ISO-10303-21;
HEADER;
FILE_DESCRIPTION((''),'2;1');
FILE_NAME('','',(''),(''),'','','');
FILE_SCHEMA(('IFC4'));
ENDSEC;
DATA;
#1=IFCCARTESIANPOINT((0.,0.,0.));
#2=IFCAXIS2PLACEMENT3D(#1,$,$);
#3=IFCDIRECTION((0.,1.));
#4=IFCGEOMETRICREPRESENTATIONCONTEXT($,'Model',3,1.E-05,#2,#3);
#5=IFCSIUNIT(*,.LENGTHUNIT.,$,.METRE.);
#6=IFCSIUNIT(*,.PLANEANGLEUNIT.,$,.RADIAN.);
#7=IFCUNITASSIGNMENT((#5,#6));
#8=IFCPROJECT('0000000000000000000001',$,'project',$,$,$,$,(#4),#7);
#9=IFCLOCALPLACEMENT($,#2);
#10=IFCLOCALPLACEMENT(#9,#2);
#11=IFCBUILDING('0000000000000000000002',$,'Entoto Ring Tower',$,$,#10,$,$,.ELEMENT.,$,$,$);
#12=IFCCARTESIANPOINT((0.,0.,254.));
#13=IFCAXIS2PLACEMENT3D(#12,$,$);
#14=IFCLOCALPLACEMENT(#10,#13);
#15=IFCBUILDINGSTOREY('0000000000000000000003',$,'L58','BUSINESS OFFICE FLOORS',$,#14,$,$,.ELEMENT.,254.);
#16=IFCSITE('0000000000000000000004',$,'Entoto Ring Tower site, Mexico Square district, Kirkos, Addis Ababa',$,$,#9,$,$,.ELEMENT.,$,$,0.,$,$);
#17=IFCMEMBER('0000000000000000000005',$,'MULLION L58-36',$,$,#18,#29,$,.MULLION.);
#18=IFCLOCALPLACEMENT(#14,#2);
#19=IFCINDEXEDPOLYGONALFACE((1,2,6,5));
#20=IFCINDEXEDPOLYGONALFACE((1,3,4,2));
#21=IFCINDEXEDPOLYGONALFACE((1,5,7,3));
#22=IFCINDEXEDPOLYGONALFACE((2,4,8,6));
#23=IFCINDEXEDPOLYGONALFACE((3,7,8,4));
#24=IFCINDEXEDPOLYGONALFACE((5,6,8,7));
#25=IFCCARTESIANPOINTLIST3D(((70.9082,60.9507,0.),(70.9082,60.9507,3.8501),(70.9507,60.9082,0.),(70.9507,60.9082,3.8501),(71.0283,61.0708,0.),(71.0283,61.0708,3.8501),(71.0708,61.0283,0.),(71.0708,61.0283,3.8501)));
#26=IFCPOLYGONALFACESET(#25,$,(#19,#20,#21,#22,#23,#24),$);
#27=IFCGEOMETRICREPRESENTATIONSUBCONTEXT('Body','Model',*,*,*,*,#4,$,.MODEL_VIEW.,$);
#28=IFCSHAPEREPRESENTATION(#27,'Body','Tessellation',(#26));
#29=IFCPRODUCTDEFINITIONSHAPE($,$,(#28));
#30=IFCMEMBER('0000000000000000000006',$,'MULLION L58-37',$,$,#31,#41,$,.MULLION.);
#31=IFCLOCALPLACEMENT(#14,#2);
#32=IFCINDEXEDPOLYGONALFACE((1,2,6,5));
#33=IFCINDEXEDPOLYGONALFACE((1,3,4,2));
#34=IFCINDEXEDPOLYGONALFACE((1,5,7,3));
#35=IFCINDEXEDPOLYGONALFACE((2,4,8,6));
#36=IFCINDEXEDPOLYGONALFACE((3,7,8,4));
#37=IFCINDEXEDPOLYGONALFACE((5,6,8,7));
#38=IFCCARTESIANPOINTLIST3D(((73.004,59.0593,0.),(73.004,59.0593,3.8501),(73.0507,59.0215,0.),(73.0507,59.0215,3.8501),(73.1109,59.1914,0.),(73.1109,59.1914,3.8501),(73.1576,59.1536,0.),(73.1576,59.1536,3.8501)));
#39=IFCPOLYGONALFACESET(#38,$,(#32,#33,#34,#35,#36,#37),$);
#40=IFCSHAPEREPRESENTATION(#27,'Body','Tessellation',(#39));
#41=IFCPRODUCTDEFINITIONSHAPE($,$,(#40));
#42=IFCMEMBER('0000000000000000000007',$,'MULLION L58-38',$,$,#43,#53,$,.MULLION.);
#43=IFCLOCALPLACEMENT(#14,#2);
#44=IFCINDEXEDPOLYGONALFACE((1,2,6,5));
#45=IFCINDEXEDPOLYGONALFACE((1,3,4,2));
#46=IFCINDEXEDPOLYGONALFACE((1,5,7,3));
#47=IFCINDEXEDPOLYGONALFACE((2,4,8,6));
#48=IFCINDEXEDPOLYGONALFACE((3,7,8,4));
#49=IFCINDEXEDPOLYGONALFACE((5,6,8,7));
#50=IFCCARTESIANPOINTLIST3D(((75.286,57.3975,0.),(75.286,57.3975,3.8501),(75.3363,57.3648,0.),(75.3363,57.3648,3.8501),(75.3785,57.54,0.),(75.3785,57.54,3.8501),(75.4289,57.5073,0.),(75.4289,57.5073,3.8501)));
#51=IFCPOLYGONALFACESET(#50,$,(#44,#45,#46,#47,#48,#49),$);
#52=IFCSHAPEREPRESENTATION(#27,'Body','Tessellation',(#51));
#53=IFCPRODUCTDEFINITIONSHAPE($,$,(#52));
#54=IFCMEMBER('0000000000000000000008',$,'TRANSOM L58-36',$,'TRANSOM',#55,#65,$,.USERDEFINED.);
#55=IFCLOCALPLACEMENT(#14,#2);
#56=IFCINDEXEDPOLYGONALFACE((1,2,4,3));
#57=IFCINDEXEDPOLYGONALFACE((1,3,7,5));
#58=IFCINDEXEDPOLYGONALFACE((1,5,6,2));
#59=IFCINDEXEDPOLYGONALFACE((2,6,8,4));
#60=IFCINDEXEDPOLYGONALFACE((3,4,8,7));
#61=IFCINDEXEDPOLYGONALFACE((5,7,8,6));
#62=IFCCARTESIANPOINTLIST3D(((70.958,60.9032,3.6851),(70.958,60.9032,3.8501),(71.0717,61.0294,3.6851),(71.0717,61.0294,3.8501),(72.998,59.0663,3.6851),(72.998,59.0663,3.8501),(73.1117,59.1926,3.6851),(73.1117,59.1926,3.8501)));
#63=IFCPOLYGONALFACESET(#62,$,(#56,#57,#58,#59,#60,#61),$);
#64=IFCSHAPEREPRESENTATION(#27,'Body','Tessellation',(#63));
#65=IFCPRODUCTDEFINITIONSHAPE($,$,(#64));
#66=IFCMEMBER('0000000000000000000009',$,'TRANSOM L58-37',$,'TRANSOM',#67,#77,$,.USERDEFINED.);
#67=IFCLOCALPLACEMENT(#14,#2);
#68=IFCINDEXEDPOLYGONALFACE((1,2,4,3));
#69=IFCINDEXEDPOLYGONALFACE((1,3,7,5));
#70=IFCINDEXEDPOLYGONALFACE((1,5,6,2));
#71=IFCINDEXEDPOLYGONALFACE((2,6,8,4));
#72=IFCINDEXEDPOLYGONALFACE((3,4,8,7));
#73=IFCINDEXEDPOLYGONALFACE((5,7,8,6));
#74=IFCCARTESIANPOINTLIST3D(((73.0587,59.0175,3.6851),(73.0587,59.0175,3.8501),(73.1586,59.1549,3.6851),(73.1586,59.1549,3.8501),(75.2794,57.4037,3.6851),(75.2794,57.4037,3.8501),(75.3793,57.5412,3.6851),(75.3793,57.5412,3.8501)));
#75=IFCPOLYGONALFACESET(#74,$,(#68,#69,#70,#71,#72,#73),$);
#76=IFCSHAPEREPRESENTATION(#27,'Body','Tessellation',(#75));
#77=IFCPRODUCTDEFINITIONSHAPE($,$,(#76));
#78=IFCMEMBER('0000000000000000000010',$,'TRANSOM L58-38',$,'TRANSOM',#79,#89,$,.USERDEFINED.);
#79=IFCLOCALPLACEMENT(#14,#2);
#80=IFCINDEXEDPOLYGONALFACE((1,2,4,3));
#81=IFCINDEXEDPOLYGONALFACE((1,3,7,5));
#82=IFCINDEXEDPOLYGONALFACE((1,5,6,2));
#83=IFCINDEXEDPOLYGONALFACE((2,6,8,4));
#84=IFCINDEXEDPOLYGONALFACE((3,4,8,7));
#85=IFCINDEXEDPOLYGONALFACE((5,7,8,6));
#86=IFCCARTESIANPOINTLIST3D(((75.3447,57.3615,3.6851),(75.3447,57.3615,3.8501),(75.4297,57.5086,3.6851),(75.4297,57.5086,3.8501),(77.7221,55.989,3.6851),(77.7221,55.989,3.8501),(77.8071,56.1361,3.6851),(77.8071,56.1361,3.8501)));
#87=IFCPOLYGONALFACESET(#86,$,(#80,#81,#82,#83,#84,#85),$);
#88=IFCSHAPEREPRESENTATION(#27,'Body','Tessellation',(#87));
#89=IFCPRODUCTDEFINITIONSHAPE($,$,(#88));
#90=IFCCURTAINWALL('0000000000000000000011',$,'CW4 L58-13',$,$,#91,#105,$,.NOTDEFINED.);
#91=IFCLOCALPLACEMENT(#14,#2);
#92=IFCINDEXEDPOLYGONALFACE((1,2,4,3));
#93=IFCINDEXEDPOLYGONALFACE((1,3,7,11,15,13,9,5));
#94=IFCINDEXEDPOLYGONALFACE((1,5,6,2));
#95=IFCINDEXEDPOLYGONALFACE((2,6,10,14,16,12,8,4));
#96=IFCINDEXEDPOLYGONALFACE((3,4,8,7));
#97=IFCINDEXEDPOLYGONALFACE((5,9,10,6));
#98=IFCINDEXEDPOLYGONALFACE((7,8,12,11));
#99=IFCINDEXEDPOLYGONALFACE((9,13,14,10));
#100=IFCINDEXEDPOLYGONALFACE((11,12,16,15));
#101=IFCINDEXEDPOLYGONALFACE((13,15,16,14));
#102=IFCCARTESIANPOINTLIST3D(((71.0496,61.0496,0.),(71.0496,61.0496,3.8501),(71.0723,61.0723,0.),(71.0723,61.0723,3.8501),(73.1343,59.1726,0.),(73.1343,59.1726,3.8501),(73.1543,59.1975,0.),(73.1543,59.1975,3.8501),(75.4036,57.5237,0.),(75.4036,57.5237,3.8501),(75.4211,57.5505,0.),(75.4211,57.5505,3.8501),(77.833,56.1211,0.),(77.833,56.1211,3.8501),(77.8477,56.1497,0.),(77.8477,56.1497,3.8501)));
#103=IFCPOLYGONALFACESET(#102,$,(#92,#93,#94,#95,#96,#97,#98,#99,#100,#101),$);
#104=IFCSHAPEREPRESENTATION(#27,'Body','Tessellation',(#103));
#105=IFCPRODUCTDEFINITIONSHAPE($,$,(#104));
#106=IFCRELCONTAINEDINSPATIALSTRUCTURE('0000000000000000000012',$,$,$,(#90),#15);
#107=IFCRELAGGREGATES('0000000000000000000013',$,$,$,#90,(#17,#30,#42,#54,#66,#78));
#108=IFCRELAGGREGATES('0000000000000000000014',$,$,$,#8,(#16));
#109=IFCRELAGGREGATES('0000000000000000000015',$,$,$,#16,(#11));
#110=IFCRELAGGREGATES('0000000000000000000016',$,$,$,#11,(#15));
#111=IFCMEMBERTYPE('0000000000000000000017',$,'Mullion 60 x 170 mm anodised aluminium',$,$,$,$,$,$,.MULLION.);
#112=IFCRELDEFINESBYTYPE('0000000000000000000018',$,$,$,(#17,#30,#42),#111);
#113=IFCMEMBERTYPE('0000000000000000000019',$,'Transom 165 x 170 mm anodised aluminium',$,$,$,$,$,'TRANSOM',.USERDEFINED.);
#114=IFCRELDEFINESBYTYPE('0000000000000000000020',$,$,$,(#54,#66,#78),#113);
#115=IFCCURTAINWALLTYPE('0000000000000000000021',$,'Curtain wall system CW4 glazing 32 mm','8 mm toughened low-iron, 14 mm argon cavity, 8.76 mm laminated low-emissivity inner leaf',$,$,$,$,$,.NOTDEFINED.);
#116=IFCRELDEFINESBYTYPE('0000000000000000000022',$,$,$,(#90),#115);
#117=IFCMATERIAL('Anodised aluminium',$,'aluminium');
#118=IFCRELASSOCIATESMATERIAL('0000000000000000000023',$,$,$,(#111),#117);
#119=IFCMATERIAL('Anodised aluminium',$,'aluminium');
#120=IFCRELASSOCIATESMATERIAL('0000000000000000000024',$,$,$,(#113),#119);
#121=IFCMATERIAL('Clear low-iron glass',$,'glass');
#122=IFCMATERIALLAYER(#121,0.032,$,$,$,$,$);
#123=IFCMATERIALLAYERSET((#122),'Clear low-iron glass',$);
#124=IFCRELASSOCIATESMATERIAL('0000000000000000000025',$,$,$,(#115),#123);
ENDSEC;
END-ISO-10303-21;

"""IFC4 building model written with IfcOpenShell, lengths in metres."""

from ifc_helpers import new_model, si_unit, direction, frame, origin, origin_2d, place, context, subcontext, project, spatial, polyline, rectangle, outline, extrude, material, layer, layer_set, material_profile, profile_set, type_object, element, aggregate, save


model = new_model("IFC4")

# Units and contexts
model_context = context("Model", 3, precision=1e-05, world=origin(), true_north=direction((0.0, 1.0)))
body_context = subcontext(model_context, "Body", "Model", "MODEL_VIEW")
ifc_project = project(units=[si_unit("LENGTHUNIT", "METRE"), si_unit("PLANEANGLEUNIT", "RADIAN")], contexts=[model_context])

# Members
ifc_material_1 = material(Name="Anodised aluminium", Category="aluminium")
ifc_material_profile_1 = material_profile(ifc_material_1, rectangle(XDim=0.0601, YDim=0.1699, at=origin_2d()), Name="Mullion 60 x 170 mm anodised aluminium")
ifc_profile_set_1 = profile_set([ifc_material_profile_1], Name="Anodised aluminium")
member_type_1 = type_object("IfcMemberType", Name="Mullion 60 x 170 mm anodised aluminium", PredefinedType="MULLION", material=ifc_profile_set_1)
site_placement = place(None, origin())
building_placement = place(site_placement, origin())
storey_placement = place(building_placement, frame((0.0, 0.0, 254.0)))
member_1_placement = place(storey_placement, frame((70.9895, 60.9895, 0.0), z_axis=(0.0, 0.0, 1.0), x_axis=(0.707107, -0.707107, 0.0)))
member_1 = element("IfcMember", 1, at=member_1_placement, type_object=member_type_1, Name="MULLION L58-36", PredefinedType="MULLION", context=body_context, shape_type="SweptSolid", body=[
    extrude(rectangle(XDim=0.0601, YDim=0.1699, at=origin_2d()), origin(), (0.0, 0.0, 1.0), 3.8501),
])
member_2_placement = place(storey_placement, frame((73.0808, 59.1064, 0.0), z_axis=(0.0, 0.0, 1.0), x_axis=(0.777146, -0.62932, 0.0)))
member_2 = element("IfcMember", 2, at=member_2_placement, type_object=member_type_1, Name="MULLION L58-37", PredefinedType="MULLION", context=body_context, shape_type="SweptSolid", body=[
    extrude(rectangle(XDim=0.0601, YDim=0.1699, at=origin_2d()), origin(), (0.0, 0.0, 1.0), 3.8501),
])
member_3_placement = place(storey_placement, frame((75.3574, 57.4524, 0.0), z_axis=(0.0, 0.0, 1.0), x_axis=(0.838671, -0.544639, 0.0)))
member_3 = element("IfcMember", 3, at=member_3_placement, type_object=member_type_1, Name="MULLION L58-38", PredefinedType="MULLION", context=body_context, shape_type="SweptSolid", body=[
    extrude(rectangle(XDim=0.0601, YDim=0.1699, at=origin_2d()), origin(), (0.0, 0.0, 1.0), 3.8501),
])
ifc_material_2 = material(Name="Anodised aluminium", Category="aluminium")
ifc_material_profile_2 = material_profile(ifc_material_2, rectangle(XDim=0.1699, YDim=0.165, at=origin_2d()), Name="Transom 165 x 170 mm anodised aluminium")
ifc_profile_set_2 = profile_set([ifc_material_profile_2], Name="Anodised aluminium")
member_type_2 = type_object("IfcMemberType", Name="Transom 165 x 170 mm anodised aluminium", ElementType="TRANSOM", PredefinedType="USERDEFINED", material=ifc_profile_set_2)
member_4_placement = place(storey_placement, frame((71.0149, 60.9663, 3.7676), z_axis=(0.743135, -0.669142, 0.0), x_axis=(0.669142, 0.743135, 0.0)))
member_4 = element("IfcMember", 4, at=member_4_placement, type_object=member_type_2, Name="TRANSOM L58-36", ObjectType="TRANSOM", PredefinedType="USERDEFINED", context=body_context, shape_type="SweptSolid", body=[
    extrude(rectangle(XDim=0.1699, YDim=0.165, at=origin_2d()), origin(), (0.0, 0.0, 1.0), 2.7451),
])
member_5_placement = place(storey_placement, frame((73.1086, 59.0862, 3.7676), z_axis=(0.808959, -0.587865, 0.0), x_axis=(0.587865, 0.808959, 0.0)))
member_5 = element("IfcMember", 5, at=member_5_placement, type_object=member_type_2, Name="TRANSOM L58-37", ObjectType="TRANSOM", PredefinedType="USERDEFINED", context=body_context, shape_type="SweptSolid", body=[
    extrude(rectangle(XDim=0.1699, YDim=0.165, at=origin_2d()), origin(), (0.0, 0.0, 1.0), 2.7451),
])
member_6_placement = place(storey_placement, frame((75.3872, 57.4351, 3.7676), z_axis=(0.866035, -0.499984, 0.0), x_axis=(0.499984, 0.866035, 0.0)))
member_6 = element("IfcMember", 6, at=member_6_placement, type_object=member_type_2, Name="TRANSOM L58-38", ObjectType="TRANSOM", PredefinedType="USERDEFINED", context=body_context, shape_type="SweptSolid", body=[
    extrude(rectangle(XDim=0.1699, YDim=0.165, at=origin_2d()), origin(), (0.0, 0.0, 1.0), 2.7451),
])

# Site, building, storey
site = spatial("IfcSite", under=ifc_project, at=site_placement, Name="Entoto Ring Tower site, Mexico Square district, Kirkos, Addis Ababa", CompositionType="ELEMENT", RefElevation=0.0)
building = spatial("IfcBuilding", under=site, at=building_placement, Name="Entoto Ring Tower", CompositionType="ELEMENT")
storey = spatial("IfcBuildingStorey", under=building, at=storey_placement, Name="L58", Description="BUSINESS OFFICE FLOORS", CompositionType="ELEMENT", Elevation=254.0)

# Curtain wall
ifc_material_3 = material(Name="Clear low-iron glass", Category="glass")
ifc_layer = layer(ifc_material_3, 0.032)
ifc_layer_set = layer_set([ifc_layer], Name="Clear low-iron glass")
curtain_wall_type = type_object("IfcCurtainWallType", Name="Curtain wall system CW4 glazing 32 mm", Description="8 mm toughened low-iron, 14 mm argon cavity, 8.76 mm laminated low-emissivity inner leaf", PredefinedType="NOTDEFINED", material=ifc_layer_set)
curtain_wall_1_placement = place(storey_placement, origin())
curtain_wall_1 = element("IfcCurtainWall", 7, at=curtain_wall_1_placement, inside=storey, type_object=curtain_wall_type, Name="CW4 L58-13", PredefinedType="NOTDEFINED", context=body_context, shape_type="SweptSolid", body=[
    extrude(outline(polyline([(71.0496, 61.0496), (73.1343, 59.1726), (75.4036, 57.5237), (77.833, 56.1211), (77.8477, 56.1497), (75.4211, 57.5505), (73.1543, 59.1975), (71.0723, 61.0723), (71.0496, 61.0496)])), origin(), (0.0, 0.0, 1.0), 3.8501),
])
aggregate(curtain_wall_1, [member_1, member_2, member_3, member_4, member_5, member_6])

save(model, "model.ifc")
